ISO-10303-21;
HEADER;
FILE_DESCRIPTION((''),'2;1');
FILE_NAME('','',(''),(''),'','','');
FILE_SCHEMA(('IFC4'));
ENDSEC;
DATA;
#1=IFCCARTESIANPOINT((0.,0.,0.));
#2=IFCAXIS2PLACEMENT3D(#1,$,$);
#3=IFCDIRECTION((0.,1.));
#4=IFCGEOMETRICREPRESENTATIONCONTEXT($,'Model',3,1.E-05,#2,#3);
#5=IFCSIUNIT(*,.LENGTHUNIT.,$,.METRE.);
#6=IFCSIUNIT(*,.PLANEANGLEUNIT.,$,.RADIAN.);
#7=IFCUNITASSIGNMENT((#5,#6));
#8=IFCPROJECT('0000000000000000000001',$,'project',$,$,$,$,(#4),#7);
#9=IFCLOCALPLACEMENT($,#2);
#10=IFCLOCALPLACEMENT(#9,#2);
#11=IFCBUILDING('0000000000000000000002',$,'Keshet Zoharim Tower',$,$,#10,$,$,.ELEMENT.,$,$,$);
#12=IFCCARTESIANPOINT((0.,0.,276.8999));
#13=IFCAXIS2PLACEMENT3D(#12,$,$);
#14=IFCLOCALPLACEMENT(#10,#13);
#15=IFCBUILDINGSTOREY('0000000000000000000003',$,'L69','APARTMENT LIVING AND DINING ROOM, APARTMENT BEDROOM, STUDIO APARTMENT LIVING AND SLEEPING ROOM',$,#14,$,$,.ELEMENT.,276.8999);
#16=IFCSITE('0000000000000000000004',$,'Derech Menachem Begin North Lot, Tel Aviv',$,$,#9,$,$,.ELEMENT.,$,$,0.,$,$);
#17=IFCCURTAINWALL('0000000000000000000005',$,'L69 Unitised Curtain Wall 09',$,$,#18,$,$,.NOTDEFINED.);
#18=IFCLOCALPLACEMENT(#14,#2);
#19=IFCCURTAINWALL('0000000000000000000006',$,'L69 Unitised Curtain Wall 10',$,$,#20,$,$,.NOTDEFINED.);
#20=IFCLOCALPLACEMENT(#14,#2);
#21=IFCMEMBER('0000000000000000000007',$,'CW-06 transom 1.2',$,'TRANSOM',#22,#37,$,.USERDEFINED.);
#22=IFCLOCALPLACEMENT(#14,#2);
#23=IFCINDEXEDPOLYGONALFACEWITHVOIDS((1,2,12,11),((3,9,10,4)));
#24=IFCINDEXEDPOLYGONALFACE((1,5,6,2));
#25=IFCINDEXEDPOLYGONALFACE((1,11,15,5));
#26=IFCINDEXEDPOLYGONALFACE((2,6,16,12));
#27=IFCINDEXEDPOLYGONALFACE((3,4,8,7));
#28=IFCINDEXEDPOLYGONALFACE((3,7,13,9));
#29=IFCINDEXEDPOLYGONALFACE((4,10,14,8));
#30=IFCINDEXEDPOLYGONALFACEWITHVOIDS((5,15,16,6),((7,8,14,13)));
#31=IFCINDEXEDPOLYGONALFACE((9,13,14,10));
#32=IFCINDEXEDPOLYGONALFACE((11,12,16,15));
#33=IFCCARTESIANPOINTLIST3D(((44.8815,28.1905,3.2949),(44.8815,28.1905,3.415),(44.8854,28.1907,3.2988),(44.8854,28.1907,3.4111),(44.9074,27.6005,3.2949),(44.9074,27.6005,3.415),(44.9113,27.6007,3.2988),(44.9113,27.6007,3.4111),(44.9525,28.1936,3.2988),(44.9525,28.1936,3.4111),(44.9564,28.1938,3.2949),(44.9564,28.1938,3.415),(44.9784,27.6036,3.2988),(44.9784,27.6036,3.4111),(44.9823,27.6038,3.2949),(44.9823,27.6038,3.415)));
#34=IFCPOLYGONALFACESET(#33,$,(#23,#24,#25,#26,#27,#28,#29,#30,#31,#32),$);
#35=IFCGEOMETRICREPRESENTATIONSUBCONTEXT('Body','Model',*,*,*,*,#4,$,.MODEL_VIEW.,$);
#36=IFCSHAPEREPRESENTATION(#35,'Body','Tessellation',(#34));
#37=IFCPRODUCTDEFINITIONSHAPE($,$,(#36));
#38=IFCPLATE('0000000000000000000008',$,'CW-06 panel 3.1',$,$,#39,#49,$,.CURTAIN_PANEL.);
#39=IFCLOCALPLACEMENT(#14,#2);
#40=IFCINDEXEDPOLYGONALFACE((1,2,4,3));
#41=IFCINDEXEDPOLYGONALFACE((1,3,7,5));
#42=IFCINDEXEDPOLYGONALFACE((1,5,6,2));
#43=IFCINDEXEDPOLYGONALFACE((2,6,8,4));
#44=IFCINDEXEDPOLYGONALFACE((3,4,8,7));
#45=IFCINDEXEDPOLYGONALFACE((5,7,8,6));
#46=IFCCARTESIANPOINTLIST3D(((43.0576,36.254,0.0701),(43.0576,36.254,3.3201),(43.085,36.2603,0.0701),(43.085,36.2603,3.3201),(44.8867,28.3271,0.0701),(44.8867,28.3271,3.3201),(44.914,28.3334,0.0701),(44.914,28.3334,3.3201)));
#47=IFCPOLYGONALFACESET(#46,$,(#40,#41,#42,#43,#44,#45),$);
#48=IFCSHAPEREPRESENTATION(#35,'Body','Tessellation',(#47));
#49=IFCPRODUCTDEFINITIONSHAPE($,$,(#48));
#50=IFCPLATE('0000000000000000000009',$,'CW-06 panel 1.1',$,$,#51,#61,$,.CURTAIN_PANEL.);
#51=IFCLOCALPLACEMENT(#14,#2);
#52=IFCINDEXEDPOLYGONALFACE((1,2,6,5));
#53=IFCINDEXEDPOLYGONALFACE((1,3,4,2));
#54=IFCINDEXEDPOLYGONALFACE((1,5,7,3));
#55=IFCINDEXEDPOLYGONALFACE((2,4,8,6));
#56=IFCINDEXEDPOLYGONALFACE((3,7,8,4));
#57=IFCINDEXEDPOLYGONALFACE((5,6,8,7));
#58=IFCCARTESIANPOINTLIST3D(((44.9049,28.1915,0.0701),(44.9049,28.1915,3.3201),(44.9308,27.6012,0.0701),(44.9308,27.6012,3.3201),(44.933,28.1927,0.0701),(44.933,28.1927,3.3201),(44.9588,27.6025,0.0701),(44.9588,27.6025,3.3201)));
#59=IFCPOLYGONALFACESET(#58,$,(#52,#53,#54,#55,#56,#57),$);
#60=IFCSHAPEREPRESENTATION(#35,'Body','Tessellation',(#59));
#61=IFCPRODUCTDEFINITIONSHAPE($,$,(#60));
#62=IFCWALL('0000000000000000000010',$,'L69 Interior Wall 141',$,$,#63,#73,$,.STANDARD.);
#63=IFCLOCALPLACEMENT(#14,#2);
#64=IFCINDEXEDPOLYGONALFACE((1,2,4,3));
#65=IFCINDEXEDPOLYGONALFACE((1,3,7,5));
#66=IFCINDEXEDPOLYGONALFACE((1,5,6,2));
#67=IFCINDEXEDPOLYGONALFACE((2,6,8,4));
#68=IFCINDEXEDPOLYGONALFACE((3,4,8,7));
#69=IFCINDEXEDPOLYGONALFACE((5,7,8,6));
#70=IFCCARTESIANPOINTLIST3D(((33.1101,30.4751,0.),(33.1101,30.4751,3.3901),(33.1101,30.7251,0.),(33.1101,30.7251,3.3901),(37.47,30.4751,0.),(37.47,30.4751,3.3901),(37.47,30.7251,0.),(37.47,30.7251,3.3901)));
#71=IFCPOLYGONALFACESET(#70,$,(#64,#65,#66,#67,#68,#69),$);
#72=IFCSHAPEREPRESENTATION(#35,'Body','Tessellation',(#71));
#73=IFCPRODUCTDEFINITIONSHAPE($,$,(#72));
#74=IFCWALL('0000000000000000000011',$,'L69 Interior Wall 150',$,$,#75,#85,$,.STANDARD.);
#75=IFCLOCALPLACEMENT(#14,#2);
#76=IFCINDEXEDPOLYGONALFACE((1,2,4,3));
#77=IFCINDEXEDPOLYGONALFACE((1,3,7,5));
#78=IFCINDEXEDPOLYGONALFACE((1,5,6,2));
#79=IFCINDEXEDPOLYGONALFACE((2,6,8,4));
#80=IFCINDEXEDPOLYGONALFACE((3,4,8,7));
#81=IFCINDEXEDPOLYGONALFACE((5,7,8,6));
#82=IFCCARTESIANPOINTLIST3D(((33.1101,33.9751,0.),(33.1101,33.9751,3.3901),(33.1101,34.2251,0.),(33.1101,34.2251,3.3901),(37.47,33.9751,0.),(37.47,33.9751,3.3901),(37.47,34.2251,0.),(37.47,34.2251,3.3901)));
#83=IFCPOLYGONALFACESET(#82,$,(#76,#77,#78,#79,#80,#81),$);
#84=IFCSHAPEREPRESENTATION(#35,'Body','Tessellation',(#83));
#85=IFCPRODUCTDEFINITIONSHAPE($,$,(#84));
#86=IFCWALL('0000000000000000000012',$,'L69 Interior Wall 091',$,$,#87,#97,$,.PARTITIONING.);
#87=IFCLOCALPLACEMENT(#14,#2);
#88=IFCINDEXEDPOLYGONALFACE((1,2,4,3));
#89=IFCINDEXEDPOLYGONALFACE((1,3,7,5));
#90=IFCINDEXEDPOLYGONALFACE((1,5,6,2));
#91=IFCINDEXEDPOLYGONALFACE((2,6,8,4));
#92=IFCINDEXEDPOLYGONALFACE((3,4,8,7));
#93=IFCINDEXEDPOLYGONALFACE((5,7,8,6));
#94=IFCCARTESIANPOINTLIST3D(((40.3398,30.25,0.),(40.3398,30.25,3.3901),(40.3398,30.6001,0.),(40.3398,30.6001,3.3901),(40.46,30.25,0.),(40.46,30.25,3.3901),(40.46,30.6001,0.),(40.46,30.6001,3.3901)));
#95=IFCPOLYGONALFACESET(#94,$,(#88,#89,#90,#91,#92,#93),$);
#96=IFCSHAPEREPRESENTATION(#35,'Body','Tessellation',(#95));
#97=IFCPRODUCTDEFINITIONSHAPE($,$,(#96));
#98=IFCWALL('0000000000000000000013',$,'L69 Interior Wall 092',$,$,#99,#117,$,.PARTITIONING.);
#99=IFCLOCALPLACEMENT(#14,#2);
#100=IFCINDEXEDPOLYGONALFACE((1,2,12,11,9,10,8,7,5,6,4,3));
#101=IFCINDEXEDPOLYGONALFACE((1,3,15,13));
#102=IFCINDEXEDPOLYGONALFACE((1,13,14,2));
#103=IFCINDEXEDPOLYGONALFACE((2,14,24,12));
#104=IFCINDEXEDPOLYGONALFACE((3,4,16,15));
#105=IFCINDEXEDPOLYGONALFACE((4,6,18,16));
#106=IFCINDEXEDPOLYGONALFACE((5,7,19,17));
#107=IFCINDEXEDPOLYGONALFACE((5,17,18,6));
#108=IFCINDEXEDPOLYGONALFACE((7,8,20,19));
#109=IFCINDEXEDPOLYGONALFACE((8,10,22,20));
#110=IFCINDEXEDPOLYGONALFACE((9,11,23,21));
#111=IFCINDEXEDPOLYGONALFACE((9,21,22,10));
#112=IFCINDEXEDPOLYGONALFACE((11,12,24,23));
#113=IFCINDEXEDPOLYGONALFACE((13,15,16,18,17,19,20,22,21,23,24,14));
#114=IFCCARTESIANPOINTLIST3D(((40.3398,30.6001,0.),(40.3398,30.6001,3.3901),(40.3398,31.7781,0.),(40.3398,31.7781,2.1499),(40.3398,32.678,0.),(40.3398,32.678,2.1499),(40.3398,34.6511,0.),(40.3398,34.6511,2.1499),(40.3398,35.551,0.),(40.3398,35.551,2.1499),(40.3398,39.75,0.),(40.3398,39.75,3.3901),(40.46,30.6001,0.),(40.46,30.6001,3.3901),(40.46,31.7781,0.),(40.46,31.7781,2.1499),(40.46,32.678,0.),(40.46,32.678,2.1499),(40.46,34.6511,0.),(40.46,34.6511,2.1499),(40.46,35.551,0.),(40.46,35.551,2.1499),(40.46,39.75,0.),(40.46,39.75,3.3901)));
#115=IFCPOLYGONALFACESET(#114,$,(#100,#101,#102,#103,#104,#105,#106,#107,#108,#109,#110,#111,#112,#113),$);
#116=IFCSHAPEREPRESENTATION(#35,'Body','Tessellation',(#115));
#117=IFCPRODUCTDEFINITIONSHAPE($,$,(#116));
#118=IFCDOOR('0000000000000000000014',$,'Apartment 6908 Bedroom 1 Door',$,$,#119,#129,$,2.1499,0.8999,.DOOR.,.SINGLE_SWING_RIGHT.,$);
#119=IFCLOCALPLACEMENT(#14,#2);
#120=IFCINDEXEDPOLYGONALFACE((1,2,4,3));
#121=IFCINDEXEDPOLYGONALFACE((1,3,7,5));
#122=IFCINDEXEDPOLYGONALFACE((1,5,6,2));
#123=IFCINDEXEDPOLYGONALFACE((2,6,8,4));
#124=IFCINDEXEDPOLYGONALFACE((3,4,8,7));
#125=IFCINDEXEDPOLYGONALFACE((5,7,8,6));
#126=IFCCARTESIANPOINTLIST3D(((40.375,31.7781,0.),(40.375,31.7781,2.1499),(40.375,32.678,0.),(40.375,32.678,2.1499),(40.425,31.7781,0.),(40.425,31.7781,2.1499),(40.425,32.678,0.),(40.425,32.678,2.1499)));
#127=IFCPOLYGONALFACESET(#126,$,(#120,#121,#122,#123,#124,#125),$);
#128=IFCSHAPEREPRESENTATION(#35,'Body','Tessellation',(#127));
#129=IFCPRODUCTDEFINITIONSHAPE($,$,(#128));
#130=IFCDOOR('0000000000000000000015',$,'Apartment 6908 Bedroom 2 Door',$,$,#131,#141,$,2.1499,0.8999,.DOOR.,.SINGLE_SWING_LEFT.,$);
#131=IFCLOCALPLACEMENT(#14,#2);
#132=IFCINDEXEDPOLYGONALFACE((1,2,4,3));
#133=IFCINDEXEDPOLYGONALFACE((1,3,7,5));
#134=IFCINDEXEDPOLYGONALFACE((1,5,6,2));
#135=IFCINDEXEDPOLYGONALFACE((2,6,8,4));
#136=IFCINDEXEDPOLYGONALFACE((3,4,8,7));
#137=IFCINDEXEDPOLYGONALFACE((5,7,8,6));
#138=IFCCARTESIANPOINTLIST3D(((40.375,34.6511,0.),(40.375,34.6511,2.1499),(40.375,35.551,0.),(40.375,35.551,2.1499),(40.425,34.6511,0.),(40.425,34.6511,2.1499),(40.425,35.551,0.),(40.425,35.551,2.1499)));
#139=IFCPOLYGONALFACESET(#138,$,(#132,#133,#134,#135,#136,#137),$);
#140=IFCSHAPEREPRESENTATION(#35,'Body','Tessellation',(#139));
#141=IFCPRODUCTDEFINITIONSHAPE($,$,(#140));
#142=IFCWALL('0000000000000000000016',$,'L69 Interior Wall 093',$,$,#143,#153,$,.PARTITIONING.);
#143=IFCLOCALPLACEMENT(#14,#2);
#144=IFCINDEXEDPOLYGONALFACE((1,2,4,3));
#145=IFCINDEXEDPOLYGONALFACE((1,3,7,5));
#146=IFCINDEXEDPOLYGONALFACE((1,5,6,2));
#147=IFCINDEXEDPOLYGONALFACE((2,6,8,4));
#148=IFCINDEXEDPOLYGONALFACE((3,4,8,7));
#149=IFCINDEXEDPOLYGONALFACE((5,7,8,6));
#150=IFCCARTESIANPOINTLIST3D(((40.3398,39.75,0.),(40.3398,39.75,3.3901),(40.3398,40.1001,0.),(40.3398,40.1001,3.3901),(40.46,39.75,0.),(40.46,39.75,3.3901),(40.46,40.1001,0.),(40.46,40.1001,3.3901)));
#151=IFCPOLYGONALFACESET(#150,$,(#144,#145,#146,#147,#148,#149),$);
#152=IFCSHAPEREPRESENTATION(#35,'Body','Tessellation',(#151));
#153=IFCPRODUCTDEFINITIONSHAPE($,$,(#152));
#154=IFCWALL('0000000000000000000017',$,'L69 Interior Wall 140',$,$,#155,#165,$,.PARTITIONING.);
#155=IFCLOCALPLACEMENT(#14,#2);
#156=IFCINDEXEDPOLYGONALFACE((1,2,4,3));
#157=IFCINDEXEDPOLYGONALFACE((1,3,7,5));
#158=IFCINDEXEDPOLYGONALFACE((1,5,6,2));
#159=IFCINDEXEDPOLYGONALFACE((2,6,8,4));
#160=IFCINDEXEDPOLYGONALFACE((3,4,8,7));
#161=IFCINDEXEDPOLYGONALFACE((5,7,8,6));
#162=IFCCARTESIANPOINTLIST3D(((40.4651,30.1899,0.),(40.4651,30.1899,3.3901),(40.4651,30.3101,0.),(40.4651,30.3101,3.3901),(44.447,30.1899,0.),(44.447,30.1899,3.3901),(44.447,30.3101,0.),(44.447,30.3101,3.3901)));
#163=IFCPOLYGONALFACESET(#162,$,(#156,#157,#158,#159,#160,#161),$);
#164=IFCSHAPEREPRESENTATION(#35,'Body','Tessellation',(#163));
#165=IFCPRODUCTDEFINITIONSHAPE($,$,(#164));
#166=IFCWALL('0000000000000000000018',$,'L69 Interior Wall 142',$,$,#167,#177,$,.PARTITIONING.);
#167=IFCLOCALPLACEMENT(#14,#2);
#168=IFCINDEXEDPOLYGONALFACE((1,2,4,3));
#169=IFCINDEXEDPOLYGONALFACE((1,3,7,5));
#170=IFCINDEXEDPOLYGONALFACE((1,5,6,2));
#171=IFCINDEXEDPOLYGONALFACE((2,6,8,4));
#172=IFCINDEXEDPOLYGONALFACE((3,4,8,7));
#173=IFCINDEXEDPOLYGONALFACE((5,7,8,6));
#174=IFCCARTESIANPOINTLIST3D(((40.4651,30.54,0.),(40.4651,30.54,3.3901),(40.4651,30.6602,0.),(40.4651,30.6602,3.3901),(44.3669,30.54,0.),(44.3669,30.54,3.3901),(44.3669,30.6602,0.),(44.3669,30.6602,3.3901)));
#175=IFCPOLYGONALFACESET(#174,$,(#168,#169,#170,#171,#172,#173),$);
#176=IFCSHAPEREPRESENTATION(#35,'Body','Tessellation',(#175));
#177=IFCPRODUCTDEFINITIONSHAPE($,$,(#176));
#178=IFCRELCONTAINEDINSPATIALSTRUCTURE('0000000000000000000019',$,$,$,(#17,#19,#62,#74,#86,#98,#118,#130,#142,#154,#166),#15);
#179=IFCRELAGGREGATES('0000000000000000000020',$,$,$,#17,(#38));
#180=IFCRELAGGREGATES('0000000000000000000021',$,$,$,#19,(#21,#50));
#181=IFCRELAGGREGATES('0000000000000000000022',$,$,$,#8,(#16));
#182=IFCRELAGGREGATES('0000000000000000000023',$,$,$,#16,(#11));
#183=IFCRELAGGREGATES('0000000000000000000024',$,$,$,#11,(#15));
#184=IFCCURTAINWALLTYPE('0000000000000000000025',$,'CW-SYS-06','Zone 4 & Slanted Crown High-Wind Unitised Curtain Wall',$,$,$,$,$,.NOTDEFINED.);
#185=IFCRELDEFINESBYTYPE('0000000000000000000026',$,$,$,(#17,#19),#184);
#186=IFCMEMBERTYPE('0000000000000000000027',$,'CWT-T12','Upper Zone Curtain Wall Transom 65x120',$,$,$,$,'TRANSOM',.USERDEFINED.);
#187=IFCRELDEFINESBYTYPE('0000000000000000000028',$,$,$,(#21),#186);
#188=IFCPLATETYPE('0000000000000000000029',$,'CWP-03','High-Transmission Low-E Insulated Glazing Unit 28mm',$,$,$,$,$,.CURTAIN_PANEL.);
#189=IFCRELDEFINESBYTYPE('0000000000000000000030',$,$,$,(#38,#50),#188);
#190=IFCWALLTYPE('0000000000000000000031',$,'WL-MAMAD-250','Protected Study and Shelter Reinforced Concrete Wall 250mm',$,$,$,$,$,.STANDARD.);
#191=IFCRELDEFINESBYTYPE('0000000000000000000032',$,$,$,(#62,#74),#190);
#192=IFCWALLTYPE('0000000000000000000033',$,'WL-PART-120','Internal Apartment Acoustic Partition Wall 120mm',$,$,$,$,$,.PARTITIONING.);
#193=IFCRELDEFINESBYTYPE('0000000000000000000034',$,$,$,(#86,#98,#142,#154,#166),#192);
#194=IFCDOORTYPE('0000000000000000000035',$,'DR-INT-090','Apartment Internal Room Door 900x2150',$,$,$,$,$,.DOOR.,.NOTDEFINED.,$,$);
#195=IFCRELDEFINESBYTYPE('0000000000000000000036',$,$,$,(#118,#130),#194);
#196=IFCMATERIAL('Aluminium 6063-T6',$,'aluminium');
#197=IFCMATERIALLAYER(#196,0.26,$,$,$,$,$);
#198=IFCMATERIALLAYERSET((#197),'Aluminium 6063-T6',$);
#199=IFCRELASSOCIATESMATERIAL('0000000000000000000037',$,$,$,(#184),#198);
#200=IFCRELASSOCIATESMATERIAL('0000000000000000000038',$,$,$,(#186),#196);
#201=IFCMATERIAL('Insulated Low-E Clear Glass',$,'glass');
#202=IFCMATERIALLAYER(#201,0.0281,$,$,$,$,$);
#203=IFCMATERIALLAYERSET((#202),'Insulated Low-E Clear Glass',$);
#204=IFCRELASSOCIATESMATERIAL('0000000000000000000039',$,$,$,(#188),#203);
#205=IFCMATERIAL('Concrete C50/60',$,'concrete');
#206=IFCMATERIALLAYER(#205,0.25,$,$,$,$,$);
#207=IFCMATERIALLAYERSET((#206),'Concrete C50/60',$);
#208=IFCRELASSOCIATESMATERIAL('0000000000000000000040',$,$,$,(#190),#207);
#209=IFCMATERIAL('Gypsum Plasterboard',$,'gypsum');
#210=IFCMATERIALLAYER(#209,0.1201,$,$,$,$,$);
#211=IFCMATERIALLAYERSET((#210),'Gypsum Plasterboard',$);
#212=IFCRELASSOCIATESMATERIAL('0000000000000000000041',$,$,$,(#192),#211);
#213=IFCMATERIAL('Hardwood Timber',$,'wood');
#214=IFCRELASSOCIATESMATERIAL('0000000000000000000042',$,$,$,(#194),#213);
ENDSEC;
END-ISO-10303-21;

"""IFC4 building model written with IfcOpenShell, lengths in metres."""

from ifc_helpers import new_model, si_unit, direction, frame, frame_2d, origin, origin_2d, place, context, subcontext, project, spatial, rectangle, hollow_rectangle, extrude, material, layer, layer_set, material_profile, profile_set, type_object, element, fill, aggregate, save


model = new_model("IFC4")

# Units and contexts
model_context = context("Model", 3, precision=1e-05, world=origin(), true_north=direction((0.0, 1.0)))
body_context = subcontext(model_context, "Body", "Model", "MODEL_VIEW")
ifc_project = project(units=[si_unit("LENGTHUNIT", "METRE"), si_unit("PLANEANGLEUNIT", "RADIAN")], contexts=[model_context])

# Site, building, storey
site_placement = place(None, origin())
site = spatial("IfcSite", under=ifc_project, at=site_placement, Name="Derech Menachem Begin North Lot, Tel Aviv", CompositionType="ELEMENT", RefElevation=0.0)
building_placement = place(site_placement, origin())
building = spatial("IfcBuilding", under=site, at=building_placement, Name="Keshet Zoharim Tower", CompositionType="ELEMENT")
storey_placement = place(building_placement, frame((0.0, 0.0, 276.8999)))
storey = spatial("IfcBuildingStorey", under=building, at=storey_placement, Name="L69", Description="APARTMENT LIVING AND DINING ROOM, APARTMENT BEDROOM, STUDIO APARTMENT LIVING AND SLEEPING ROOM", CompositionType="ELEMENT", Elevation=276.8999)

# Curtain walls
ifc_material_1 = material(Name="Aluminium 6063-T6", Category="aluminium")
ifc_layer_1 = layer(ifc_material_1, 0.26)
ifc_layer_set_1 = layer_set([ifc_layer_1], Name="Aluminium 6063-T6")
curtain_wall_type = type_object("IfcCurtainWallType", Name="CW-SYS-06", Description="Zone 4 & Slanted Crown High-Wind Unitised Curtain Wall", PredefinedType="NOTDEFINED", material=ifc_layer_set_1)
curtain_wall_1_placement = place(storey_placement, origin())
curtain_wall_1 = element("IfcCurtainWall", 1, at=curtain_wall_1_placement, inside=storey, type_object=curtain_wall_type, Name="L69 Unitised Curtain Wall 09", PredefinedType="NOTDEFINED")
curtain_wall_2_placement = place(storey_placement, origin())
curtain_wall_2 = element("IfcCurtainWall", 2, at=curtain_wall_2_placement, inside=storey, type_object=curtain_wall_type, Name="L69 Unitised Curtain Wall 10", PredefinedType="NOTDEFINED")

# Member
ifc_material_profile_1 = material_profile(ifc_material_1, hollow_rectangle(XDim=0.075, YDim=0.1201, WallThickness=0.0039, at=origin_2d()), Name="TRN-75x120")
ifc_profile_set_1 = profile_set([ifc_material_profile_1], Name="Aluminium 6063-T6")
member_type_1 = type_object("IfcMemberType", Name="CWT-T12", Description="Upper Zone Curtain Wall Transom 65x120", ElementType="TRANSOM", PredefinedType="USERDEFINED", material=ifc_profile_set_1)
member_1_placement = place(storey_placement, frame((44.9189, 28.1921, 3.355), z_axis=(0.043814, -0.99904, 0.0), x_axis=(0.99904, 0.043814, 0.0)))
member_1 = element("IfcMember", 3, at=member_1_placement, type_object=member_type_1, Name="CW-06 transom 1.2", ObjectType="TRANSOM", PredefinedType="USERDEFINED", context=body_context, shape_type="SweptSolid", body=[
    extrude(hollow_rectangle(XDim=0.075, YDim=0.1201, WallThickness=0.0039, at=origin_2d()), origin(), (0.0, 0.0, 1.0), 0.5906),
])

# Plates
ifc_material_2 = material(Name="Insulated Low-E Clear Glass", Category="glass")
ifc_layer_2 = layer(ifc_material_2, 0.0281)
ifc_layer_set_2 = layer_set([ifc_layer_2], Name="Insulated Low-E Clear Glass")
plate_type = type_object("IfcPlateType", Name="CWP-03", Description="High-Transmission Low-E Insulated Glazing Unit 28mm", PredefinedType="CURTAIN_PANEL", material=ifc_layer_set_2)
plate_1_placement = place(storey_placement, frame((43.9858, 32.2937, 0.0701), z_axis=(0.0, 0.0, 1.0), x_axis=(0.22483, -0.974398, 0.0)))
plate_1 = element("IfcPlate", 4, at=plate_1_placement, type_object=plate_type, Name="CW-06 panel 3.1", PredefinedType="CURTAIN_PANEL", context=body_context, shape_type="SweptSolid", body=[
    extrude(rectangle(XDim=8.1353, YDim=0.0281, at=origin_2d()), origin(), (0.0, 0.0, 1.0), 3.25),
])
aggregate(curtain_wall_1, [plate_1])
plate_2_placement = place(storey_placement, frame((44.9319, 27.897, 0.0701), z_axis=(0.0, 0.0, 1.0), x_axis=(0.043794, -0.999041, 0.0)))
plate_2 = element("IfcPlate", 5, at=plate_2_placement, type_object=plate_type, Name="CW-06 panel 1.1", PredefinedType="CURTAIN_PANEL", context=body_context, shape_type="SweptSolid", body=[
    extrude(rectangle(XDim=0.5908, YDim=0.0281, at=origin_2d()), origin(), (0.0, 0.0, 1.0), 3.25),
])
aggregate(curtain_wall_2, [member_1, plate_2])

# Shared definitions
ifc_material_3 = material(Name="Concrete C50/60", Category="concrete")
ifc_layer_3 = layer(ifc_material_3, 0.25)
ifc_layer_set_3 = layer_set([ifc_layer_3], Name="Concrete C50/60")
wall_type_1 = type_object("IfcWallType", Name="WL-MAMAD-250", Description="Protected Study and Shelter Reinforced Concrete Wall 250mm", PredefinedType="STANDARD", material=ifc_layer_set_3)
ifc_material_4 = material(Name="Hardwood Timber", Category="wood")

# Walls
for number, where, z_axis, x_axis, name in (
    (6, (33.1101, 30.6001, 0.0), (0.0, 0.0, 1.0), (1.0, 0.0, 0.0), "L69 Interior Wall 141"),
    (7, (33.1101, 34.1001, 0.0), (0.0, 0.0, 1.0), (1.0, 0.0, 0.0), "L69 Interior Wall 150"),
):
    element("IfcWall", number, at=place(storey_placement, frame(where, z_axis=z_axis, x_axis=x_axis)), inside=storey, type_object=wall_type_1, Name=name, PredefinedType="STANDARD", context=body_context, shape_type="SweptSolid", body=[
        extrude(rectangle(XDim=4.3599, YDim=0.25, at=frame_2d((2.1799, 0.0))), origin(), (0.0, 0.0, 1.0), 3.3901),
    ])

# Shared definitions
ifc_material_5 = material(Name="Gypsum Plasterboard", Category="gypsum")
ifc_layer_4 = layer(ifc_material_5, 0.1201)
ifc_layer_set_4 = layer_set([ifc_layer_4], Name="Gypsum Plasterboard")
wall_type_2 = type_object("IfcWallType", Name="WL-PART-120", Description="Internal Apartment Acoustic Partition Wall 120mm", PredefinedType="PARTITIONING", material=ifc_layer_set_4)
door_type_1 = type_object("IfcDoorType", Name="DR-INT-090", Description="Apartment Internal Room Door 900x2150", OperationType="NOTDEFINED", PredefinedType="DOOR", material=ifc_material_4)

# Wall
wall_1_placement = place(storey_placement, frame((40.3999, 30.25, 0.0), z_axis=(0.0, 0.0, 1.0), x_axis=(0.0, 1.0, 0.0)))
element("IfcWall", 8, at=wall_1_placement, inside=storey, type_object=wall_type_2, Name="L69 Interior Wall 091", PredefinedType="PARTITIONING", context=body_context, shape_type="SweptSolid", body=[
    extrude(rectangle(XDim=0.3501, YDim=0.1201, at=frame_2d((0.175, 0.0))), origin(), (0.0, 0.0, 1.0), 3.3901),
])

# Wall, openings, doors
wall_2_placement = place(storey_placement, frame((40.3999, 30.6001, 0.0), z_axis=(0.0, 0.0, 1.0), x_axis=(0.0, 1.0, 0.0)))
wall_2 = element("IfcWall", 9, at=wall_2_placement, inside=storey, type_object=wall_type_2, Name="L69 Interior Wall 092", PredefinedType="PARTITIONING", context=body_context, shape_type="SweptSolid", body=[
    extrude(rectangle(XDim=9.1499, YDim=0.1201, at=frame_2d((4.575, 0.0))), origin(), (0.0, 0.0, 1.0), 3.3901),
])
opening_1_placement = place(wall_2_placement, frame((1.178, 0.0, 0.0)))
opening_1 = element("IfcOpeningElement", 10, at=opening_1_placement, cuts=wall_2, PredefinedType="OPENING", context=body_context, shape_type="SweptSolid", body=[
    extrude(rectangle(XDim=0.8999, YDim=2.1499, at=frame_2d((0.45, 1.075))), frame((0.0, 0.0701, 0.0), z_axis=(0.0, -1.0, 0.0), x_axis=(1.0, 0.0, 0.0)), (0.0, 0.0, 1.0), 0.1401),
])
opening_2_placement = place(wall_2_placement, frame((4.051, 0.0, 0.0)))
opening_2 = element("IfcOpeningElement", 11, at=opening_2_placement, cuts=wall_2, PredefinedType="OPENING", context=body_context, shape_type="SweptSolid", body=[
    extrude(rectangle(XDim=0.8999, YDim=2.1499, at=frame_2d((0.45, 1.075))), frame((0.0, 0.0701, 0.0), z_axis=(0.0, -1.0, 0.0), x_axis=(1.0, 0.0, 0.0)), (0.0, 0.0, 1.0), 0.1401),
])
door_1_placement = place(opening_1_placement, origin())
door_1 = element("IfcDoor", 12, at=door_1_placement, inside=storey, type_object=door_type_1, Name="Apartment 6908 Bedroom 1 Door", OperationType="SINGLE_SWING_RIGHT", OverallHeight=2.1499, OverallWidth=0.8999, PredefinedType="DOOR", context=body_context, shape_type="SweptSolid", body=[
    extrude(rectangle(XDim=0.8999, YDim=2.1499, at=frame_2d((0.45, 1.075))), frame((0.0, 0.0249, 0.0), z_axis=(0.0, -1.0, 0.0), x_axis=(1.0, 0.0, 0.0)), (0.0, 0.0, 1.0), 0.05),
])
fill(opening_1, door_1)
door_2_placement = place(opening_2_placement, origin())
door_2 = element("IfcDoor", 13, at=door_2_placement, inside=storey, type_object=door_type_1, Name="Apartment 6908 Bedroom 2 Door", OperationType="SINGLE_SWING_LEFT", OverallHeight=2.1499, OverallWidth=0.8999, PredefinedType="DOOR", context=body_context, shape_type="SweptSolid", body=[
    extrude(rectangle(XDim=0.8999, YDim=2.1499, at=frame_2d((0.45, 1.075))), frame((0.0, 0.0249, 0.0), z_axis=(0.0, -1.0, 0.0), x_axis=(1.0, 0.0, 0.0)), (0.0, 0.0, 1.0), 0.05),
])
fill(opening_2, door_2)

# Walls
wall_3_placement = place(storey_placement, frame((40.3999, 39.75, 0.0), z_axis=(0.0, 0.0, 1.0), x_axis=(0.0, 1.0, 0.0)))
element("IfcWall", 14, at=wall_3_placement, inside=storey, type_object=wall_type_2, Name="L69 Interior Wall 093", PredefinedType="PARTITIONING", context=body_context, shape_type="SweptSolid", body=[
    extrude(rectangle(XDim=0.3501, YDim=0.1201, at=frame_2d((0.175, 0.0))), origin(), (0.0, 0.0, 1.0), 3.3901),
])
wall_4_placement = place(storey_placement, frame((40.4651, 30.25, 0.0), z_axis=(0.0, 0.0, 1.0), x_axis=(1.0, 0.0, 0.0)))
element("IfcWall", 15, at=wall_4_placement, inside=storey, type_object=wall_type_2, Name="L69 Interior Wall 140", PredefinedType="PARTITIONING", context=body_context, shape_type="SweptSolid", body=[
    extrude(rectangle(XDim=3.9819, YDim=0.1201, at=frame_2d((1.991, 0.0))), origin(), (0.0, 0.0, 1.0), 3.3901),
])
wall_5_placement = place(storey_placement, frame((40.4651, 30.6001, 0.0), z_axis=(0.0, 0.0, 1.0), x_axis=(1.0, 0.0, 0.0)))
element("IfcWall", 16, at=wall_5_placement, inside=storey, type_object=wall_type_2, Name="L69 Interior Wall 142", PredefinedType="PARTITIONING", context=body_context, shape_type="SweptSolid", body=[
    extrude(rectangle(XDim=3.9019, YDim=0.1201, at=frame_2d((1.9509, 0.0))), origin(), (0.0, 0.0, 1.0), 3.3901),
])

save(model, "model.ifc")
